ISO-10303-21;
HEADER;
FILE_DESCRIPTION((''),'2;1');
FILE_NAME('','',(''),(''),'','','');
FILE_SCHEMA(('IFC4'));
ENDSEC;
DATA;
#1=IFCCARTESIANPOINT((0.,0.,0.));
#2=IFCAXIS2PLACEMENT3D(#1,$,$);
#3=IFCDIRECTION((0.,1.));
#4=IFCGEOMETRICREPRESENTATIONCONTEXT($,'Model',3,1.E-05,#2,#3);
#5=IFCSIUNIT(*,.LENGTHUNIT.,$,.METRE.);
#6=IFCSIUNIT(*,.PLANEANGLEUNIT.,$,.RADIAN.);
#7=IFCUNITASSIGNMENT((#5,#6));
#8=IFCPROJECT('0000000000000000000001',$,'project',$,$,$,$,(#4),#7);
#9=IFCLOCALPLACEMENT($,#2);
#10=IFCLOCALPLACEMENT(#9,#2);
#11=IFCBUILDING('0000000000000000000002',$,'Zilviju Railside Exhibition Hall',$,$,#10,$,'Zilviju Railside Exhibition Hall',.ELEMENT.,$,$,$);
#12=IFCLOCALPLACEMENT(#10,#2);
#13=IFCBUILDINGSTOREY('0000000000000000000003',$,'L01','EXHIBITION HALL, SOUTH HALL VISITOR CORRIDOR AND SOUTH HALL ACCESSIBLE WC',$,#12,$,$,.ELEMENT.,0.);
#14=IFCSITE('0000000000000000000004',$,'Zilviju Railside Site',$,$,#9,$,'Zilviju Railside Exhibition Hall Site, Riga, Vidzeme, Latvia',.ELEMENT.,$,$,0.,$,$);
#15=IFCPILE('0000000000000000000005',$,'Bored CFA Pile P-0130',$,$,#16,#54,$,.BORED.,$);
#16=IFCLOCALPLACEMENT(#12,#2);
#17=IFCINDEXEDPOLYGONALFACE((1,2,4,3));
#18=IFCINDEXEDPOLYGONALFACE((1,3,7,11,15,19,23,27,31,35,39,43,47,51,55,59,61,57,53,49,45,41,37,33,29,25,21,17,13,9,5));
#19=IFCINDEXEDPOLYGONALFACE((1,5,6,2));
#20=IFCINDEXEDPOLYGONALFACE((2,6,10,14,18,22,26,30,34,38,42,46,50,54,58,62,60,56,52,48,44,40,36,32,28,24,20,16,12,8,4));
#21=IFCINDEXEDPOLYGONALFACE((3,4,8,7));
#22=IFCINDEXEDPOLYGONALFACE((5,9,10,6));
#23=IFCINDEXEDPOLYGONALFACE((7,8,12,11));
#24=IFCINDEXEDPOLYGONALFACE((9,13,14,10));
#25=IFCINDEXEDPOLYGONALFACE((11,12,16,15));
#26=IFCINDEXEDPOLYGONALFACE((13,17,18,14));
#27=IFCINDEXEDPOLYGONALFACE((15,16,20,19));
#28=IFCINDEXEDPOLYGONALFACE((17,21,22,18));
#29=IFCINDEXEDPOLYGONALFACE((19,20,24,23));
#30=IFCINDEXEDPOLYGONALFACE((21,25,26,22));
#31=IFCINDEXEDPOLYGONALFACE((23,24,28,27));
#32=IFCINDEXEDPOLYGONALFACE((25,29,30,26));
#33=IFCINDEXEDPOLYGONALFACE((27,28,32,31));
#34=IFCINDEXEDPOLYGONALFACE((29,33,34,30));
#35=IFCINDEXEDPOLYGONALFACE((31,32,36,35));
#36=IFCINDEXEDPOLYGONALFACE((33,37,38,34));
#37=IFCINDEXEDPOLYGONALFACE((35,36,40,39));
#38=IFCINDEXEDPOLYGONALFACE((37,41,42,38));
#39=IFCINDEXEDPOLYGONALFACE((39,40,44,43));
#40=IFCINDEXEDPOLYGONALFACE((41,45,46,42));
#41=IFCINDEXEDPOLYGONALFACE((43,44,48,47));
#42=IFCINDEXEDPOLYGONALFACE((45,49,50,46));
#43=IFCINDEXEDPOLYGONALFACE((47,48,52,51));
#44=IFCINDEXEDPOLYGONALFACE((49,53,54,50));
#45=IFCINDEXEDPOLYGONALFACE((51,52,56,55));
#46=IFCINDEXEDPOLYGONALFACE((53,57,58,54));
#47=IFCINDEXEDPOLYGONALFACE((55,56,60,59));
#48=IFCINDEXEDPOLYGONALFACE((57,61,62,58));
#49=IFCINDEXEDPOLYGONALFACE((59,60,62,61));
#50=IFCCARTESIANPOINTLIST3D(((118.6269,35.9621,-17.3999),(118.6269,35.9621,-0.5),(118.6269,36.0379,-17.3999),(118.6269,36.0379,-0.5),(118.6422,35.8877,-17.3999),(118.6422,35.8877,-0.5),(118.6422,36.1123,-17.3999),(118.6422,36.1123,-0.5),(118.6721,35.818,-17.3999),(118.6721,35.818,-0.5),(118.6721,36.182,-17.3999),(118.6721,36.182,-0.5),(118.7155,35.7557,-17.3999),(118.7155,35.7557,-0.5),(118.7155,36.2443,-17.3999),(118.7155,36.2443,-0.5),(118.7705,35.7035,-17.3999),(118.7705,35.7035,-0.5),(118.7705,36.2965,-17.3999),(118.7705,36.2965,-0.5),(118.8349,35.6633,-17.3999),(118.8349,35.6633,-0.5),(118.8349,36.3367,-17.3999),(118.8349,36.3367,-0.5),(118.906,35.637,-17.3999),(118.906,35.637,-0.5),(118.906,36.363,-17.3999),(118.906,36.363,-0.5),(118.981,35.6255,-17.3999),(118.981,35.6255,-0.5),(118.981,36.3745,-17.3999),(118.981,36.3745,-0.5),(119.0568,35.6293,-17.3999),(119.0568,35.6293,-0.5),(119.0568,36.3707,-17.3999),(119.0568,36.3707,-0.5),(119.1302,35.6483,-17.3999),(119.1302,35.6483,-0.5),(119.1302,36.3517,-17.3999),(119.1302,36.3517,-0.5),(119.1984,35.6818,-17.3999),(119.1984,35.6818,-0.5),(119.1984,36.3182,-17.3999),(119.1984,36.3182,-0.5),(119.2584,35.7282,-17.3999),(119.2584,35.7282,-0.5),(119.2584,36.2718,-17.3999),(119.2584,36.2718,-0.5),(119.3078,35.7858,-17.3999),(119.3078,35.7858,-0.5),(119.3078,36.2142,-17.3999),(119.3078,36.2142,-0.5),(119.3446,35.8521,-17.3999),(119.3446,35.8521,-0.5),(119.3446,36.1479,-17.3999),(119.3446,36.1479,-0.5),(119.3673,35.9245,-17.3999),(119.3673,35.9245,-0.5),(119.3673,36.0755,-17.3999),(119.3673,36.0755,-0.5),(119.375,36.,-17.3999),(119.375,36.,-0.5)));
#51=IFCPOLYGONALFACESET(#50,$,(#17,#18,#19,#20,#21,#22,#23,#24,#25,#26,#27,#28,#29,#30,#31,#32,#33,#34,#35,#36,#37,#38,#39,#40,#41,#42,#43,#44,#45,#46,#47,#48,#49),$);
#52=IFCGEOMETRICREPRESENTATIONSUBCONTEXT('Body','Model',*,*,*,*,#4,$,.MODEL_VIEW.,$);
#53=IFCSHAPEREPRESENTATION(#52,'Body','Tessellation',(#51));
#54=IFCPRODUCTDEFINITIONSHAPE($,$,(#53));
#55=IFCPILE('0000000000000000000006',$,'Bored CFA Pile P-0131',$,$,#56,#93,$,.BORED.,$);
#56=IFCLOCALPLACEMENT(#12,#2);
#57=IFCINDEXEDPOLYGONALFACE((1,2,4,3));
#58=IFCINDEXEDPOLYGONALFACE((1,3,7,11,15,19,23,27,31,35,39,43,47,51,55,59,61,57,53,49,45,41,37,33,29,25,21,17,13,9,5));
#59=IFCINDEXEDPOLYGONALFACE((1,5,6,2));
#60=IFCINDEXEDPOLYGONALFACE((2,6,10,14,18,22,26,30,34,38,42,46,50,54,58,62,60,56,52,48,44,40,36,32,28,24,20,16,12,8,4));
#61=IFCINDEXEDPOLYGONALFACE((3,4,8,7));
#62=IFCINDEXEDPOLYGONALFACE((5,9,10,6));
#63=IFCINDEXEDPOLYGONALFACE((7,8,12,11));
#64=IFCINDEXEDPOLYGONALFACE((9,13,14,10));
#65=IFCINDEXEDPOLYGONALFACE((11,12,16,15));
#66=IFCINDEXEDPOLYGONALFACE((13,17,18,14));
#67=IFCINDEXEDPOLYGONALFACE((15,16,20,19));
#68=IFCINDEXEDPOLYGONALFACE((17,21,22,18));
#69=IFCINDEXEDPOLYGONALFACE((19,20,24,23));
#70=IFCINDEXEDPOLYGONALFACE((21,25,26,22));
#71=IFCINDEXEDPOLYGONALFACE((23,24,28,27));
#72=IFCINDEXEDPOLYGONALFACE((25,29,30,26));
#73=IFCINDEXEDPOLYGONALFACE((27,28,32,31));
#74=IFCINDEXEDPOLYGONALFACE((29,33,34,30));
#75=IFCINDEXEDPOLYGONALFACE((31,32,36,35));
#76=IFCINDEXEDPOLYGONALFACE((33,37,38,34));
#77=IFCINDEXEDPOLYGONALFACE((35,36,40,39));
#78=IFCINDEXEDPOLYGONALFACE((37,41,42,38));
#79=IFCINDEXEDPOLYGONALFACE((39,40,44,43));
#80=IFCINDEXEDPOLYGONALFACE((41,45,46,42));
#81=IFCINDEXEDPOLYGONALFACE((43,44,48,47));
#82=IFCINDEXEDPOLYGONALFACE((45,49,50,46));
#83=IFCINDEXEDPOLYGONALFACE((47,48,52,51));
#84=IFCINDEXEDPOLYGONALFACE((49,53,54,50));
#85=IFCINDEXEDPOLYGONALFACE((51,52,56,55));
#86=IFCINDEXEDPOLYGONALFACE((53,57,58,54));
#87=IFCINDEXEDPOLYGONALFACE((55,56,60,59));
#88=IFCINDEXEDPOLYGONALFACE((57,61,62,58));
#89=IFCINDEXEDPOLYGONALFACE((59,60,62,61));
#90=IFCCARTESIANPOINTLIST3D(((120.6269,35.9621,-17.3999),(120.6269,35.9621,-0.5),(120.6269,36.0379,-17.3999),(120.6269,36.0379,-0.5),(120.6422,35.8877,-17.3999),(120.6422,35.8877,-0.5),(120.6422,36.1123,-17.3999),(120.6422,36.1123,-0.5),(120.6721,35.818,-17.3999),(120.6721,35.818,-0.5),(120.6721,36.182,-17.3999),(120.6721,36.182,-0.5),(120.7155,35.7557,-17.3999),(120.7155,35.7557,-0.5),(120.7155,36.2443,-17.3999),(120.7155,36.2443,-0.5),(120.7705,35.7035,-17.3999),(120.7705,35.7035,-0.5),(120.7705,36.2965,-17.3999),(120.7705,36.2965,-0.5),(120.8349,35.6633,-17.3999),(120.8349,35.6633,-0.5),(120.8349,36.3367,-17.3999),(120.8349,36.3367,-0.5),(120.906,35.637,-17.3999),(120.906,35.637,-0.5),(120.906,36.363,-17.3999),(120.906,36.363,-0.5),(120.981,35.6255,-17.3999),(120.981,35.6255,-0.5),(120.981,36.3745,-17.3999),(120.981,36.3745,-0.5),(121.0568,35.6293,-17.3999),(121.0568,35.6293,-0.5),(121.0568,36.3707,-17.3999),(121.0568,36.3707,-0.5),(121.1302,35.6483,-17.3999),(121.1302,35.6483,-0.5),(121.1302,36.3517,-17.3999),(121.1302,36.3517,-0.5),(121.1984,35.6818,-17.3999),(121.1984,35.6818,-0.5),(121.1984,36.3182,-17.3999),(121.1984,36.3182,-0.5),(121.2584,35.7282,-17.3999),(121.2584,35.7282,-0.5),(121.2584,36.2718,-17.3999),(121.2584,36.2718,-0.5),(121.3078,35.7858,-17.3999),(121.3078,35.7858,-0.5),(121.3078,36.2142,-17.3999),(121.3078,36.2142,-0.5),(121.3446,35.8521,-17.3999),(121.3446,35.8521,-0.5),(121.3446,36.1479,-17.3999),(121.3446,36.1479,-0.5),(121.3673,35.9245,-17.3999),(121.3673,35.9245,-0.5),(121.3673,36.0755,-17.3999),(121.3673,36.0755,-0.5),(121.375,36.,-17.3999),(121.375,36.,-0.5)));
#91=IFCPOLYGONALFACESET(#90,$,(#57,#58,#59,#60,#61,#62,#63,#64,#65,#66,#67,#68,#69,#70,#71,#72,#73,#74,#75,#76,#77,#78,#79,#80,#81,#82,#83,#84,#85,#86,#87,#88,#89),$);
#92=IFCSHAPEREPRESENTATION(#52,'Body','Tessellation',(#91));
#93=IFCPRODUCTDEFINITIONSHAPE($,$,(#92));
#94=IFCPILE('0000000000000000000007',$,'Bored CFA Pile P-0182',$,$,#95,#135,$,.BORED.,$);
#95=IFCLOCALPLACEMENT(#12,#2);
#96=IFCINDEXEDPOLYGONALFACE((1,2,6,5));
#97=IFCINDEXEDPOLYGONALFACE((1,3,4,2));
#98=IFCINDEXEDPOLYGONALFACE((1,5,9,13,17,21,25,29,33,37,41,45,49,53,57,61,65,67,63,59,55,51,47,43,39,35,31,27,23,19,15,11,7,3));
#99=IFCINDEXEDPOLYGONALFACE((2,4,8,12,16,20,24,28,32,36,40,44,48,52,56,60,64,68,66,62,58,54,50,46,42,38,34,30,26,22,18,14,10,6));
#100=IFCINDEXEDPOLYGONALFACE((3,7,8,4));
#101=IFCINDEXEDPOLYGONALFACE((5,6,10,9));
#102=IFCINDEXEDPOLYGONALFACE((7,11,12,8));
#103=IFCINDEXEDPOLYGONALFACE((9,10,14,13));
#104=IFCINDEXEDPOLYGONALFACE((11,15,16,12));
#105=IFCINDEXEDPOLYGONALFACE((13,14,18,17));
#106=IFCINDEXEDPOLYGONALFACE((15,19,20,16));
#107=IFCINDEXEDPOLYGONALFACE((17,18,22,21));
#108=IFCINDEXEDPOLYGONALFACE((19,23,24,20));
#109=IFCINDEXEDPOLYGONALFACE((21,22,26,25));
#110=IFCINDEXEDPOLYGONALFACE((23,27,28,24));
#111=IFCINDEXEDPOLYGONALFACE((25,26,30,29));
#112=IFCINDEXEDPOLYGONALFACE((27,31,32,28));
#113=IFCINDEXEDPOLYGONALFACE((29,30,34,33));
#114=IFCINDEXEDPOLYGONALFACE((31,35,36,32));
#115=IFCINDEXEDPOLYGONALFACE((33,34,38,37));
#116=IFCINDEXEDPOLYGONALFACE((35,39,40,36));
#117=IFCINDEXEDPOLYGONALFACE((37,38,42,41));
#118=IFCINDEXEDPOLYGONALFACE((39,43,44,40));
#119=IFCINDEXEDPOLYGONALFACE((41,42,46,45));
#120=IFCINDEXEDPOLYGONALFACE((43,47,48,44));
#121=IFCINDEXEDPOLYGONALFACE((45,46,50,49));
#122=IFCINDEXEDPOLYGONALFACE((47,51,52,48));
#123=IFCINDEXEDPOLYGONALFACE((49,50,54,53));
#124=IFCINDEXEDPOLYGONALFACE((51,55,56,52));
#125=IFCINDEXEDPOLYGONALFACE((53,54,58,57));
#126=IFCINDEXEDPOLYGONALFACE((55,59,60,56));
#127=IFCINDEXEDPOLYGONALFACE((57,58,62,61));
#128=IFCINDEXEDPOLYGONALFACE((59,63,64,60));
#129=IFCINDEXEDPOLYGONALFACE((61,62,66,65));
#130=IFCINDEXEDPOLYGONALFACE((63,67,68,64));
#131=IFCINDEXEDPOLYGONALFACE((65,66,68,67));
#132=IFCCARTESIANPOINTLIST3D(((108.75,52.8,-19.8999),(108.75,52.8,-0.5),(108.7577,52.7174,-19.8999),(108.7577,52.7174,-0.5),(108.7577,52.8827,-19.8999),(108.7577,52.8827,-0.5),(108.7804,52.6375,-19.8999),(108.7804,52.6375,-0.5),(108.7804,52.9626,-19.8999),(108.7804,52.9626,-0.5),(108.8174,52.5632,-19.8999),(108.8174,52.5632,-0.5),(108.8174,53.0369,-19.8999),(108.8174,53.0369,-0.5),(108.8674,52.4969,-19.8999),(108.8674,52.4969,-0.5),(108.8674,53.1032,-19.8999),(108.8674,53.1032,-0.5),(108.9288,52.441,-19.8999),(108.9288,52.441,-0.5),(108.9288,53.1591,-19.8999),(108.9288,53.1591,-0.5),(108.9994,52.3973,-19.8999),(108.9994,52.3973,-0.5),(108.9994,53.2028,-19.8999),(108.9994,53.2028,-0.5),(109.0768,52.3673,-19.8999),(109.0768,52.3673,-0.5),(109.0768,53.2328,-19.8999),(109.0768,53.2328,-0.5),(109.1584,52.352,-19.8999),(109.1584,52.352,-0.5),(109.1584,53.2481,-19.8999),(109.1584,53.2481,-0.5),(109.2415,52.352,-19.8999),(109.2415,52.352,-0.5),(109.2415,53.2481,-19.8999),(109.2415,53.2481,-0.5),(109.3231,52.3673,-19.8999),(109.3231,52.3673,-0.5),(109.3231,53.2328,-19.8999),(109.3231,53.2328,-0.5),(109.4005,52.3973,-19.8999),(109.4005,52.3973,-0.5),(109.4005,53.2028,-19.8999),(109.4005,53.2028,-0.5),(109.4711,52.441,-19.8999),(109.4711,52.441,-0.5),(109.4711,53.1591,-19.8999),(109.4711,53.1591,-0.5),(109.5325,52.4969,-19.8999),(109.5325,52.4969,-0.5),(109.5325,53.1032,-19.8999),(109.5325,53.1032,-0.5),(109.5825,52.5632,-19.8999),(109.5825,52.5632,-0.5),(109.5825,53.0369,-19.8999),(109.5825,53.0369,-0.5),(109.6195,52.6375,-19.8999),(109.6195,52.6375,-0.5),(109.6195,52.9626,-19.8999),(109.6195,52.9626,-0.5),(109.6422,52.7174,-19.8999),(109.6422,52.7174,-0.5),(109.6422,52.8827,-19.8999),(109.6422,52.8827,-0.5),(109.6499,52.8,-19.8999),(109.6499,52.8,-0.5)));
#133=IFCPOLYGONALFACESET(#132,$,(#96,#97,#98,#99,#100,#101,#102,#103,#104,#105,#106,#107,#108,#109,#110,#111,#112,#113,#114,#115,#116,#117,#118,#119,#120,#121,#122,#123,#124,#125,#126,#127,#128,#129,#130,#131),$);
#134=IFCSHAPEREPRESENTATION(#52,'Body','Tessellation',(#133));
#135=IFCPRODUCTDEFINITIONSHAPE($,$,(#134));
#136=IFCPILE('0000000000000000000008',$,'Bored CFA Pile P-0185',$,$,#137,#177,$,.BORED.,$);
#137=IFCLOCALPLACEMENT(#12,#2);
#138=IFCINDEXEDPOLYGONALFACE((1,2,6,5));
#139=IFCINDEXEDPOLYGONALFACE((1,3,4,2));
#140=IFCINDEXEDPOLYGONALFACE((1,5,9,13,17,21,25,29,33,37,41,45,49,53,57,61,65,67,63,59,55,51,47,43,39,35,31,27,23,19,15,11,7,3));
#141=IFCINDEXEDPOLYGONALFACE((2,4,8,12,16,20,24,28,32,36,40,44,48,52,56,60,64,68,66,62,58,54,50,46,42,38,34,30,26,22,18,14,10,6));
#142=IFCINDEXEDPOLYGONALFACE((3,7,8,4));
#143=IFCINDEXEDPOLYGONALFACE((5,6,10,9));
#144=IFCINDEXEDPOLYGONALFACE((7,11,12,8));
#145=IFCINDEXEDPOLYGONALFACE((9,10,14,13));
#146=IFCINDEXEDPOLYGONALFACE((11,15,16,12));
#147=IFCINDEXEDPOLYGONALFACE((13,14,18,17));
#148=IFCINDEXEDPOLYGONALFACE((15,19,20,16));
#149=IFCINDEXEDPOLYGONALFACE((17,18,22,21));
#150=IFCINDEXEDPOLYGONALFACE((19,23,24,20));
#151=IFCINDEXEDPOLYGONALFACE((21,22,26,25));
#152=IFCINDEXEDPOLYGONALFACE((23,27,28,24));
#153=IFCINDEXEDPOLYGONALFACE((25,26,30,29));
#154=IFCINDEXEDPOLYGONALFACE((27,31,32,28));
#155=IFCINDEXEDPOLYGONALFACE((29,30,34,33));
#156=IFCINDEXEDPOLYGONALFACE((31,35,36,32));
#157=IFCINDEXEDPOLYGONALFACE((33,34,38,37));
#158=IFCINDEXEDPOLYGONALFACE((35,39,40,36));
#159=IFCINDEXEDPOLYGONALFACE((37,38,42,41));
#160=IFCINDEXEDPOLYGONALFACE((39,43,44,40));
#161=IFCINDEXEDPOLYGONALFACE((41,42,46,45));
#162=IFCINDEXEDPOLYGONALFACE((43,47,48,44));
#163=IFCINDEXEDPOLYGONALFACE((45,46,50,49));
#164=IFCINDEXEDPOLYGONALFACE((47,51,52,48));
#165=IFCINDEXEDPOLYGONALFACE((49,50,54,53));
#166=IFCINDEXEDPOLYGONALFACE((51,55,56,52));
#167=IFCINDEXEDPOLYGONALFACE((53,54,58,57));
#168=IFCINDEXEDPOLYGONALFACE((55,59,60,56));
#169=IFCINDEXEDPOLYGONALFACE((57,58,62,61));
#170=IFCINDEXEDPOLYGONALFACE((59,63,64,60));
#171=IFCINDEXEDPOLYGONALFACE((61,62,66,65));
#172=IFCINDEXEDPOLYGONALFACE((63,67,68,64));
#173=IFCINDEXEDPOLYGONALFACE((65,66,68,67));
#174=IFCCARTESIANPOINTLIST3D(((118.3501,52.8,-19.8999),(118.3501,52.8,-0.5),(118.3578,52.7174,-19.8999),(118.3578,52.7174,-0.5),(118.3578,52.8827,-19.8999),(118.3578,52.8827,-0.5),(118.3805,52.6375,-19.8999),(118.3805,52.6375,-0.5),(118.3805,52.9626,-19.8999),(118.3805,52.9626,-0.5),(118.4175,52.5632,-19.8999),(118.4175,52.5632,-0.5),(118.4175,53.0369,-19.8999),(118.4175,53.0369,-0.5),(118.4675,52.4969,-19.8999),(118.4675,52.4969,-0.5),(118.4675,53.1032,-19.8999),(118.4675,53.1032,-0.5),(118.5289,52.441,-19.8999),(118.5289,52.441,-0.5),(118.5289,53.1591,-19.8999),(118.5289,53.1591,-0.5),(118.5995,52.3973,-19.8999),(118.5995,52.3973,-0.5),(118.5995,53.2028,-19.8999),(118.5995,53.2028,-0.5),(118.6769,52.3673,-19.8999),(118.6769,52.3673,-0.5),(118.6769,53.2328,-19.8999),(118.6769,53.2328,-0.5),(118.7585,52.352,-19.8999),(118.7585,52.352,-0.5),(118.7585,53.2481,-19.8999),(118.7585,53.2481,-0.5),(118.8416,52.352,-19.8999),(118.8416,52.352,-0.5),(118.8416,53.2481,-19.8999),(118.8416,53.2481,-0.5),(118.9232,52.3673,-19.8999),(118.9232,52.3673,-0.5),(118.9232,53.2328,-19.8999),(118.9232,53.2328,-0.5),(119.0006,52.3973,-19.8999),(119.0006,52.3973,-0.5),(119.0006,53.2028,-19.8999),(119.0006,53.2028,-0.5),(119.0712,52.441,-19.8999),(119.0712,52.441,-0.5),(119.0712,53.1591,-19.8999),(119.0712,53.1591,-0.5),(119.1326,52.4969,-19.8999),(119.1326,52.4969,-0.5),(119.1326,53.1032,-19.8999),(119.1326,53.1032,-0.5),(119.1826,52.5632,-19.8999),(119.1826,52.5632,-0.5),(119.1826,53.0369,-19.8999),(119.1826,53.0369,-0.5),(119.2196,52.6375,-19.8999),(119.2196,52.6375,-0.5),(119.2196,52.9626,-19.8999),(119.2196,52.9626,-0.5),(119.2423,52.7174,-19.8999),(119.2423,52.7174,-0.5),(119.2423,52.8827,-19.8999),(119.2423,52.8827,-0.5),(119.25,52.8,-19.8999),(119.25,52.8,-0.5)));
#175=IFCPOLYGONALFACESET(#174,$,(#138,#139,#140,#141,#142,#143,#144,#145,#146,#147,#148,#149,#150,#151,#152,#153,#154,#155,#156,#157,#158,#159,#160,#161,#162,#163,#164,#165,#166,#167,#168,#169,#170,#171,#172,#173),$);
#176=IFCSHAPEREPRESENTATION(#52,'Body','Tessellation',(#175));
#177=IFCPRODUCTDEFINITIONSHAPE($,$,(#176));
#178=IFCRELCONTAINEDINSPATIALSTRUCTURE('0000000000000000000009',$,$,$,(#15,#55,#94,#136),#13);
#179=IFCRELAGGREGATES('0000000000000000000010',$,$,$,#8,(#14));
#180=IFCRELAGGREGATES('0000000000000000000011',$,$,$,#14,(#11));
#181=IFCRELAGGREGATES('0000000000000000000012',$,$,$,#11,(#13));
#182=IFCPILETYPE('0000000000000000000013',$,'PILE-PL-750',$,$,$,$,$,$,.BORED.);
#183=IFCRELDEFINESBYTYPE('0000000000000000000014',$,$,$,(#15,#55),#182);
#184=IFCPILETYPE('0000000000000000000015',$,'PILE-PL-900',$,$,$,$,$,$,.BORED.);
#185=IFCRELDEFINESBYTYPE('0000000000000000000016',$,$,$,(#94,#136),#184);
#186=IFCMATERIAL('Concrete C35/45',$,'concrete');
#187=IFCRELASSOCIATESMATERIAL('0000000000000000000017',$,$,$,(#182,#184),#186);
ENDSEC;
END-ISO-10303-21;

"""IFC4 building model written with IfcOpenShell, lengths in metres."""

from ifc_helpers import new_model, si_unit, direction, frame, origin, origin_2d, place, context, subcontext, project, spatial, circle, extrude, material, material_profile, profile_set, type_object, element, save


model = new_model("IFC4")

# Units and contexts
model_context = context("Model", 3, precision=1e-05, world=origin(), true_north=direction((0.0, 1.0)))
body_context = subcontext(model_context, "Body", "Model", "MODEL_VIEW")
ifc_project = project(units=[si_unit("LENGTHUNIT", "METRE"), si_unit("PLANEANGLEUNIT", "RADIAN")], contexts=[model_context])

# Site, building, storey
site_placement = place(None, origin())
site = spatial("IfcSite", under=ifc_project, at=site_placement, Name="Zilviju Railside Site", LongName="Zilviju Railside Exhibition Hall Site, Riga, Vidzeme, Latvia", CompositionType="ELEMENT", RefElevation=0.0)
building_placement = place(site_placement, origin())
building = spatial("IfcBuilding", under=site, at=building_placement, Name="Zilviju Railside Exhibition Hall", LongName="Zilviju Railside Exhibition Hall", CompositionType="ELEMENT")
storey_placement = place(building_placement, origin())
storey = spatial("IfcBuildingStorey", under=building, at=storey_placement, Name="L01", Description="EXHIBITION HALL, SOUTH HALL VISITOR CORRIDOR AND SOUTH HALL ACCESSIBLE WC", CompositionType="ELEMENT", Elevation=0.0)

# Shared definitions
ifc_material_1 = material(Name="Concrete C35/45", Category="concrete")

# Piles
ifc_material_profile_1 = material_profile(ifc_material_1, circle(Radius=0.375, at=origin_2d()), Name="CFA PILE D750")
ifc_profile_set_1 = profile_set([ifc_material_profile_1], Name="Concrete C35/45")
pile_type_1 = type_object("IfcPileType", Name="PILE-PL-750", PredefinedType="BORED", material=ifc_profile_set_1)
for number, where, z_axis, x_axis, name in (
    (1, (119.0, 36.0, -0.5), (0.0, 0.0, -1.0), (1.0, 0.0, 0.0), "Bored CFA Pile P-0130"),
    (2, (121.0, 36.0, -0.5), (0.0, 0.0, -1.0), (1.0, 0.0, 0.0), "Bored CFA Pile P-0131"),
):
    element("IfcPile", number, at=place(storey_placement, frame(where, z_axis=z_axis, x_axis=x_axis)), inside=storey, type_object=pile_type_1, Name=name, PredefinedType="BORED", context=body_context, shape_type="SweptSolid", body=[
        extrude(circle(Radius=0.375, at=origin_2d()), origin(), (0.0, 0.0, 1.0), 16.8999),
    ])
ifc_material_profile_2 = material_profile(ifc_material_1, circle(Radius=0.45, at=origin_2d()), Name="CFA PILE D900")
ifc_profile_set_2 = profile_set([ifc_material_profile_2], Name="Concrete C35/45")
pile_type_2 = type_object("IfcPileType", Name="PILE-PL-900", PredefinedType="BORED", material=ifc_profile_set_2)
for number, where, z_axis, x_axis, name in (
    (3, (109.2, 52.8, -0.5), (0.0, 0.0, -1.0), (1.0, 0.0, 0.0), "Bored CFA Pile P-0182"),
    (4, (118.8, 52.8, -0.5), (0.0, 0.0, -1.0), (1.0, 0.0, 0.0), "Bored CFA Pile P-0185"),
):
    element("IfcPile", number, at=place(storey_placement, frame(where, z_axis=z_axis, x_axis=x_axis)), inside=storey, type_object=pile_type_2, Name=name, PredefinedType="BORED", context=body_context, shape_type="SweptSolid", body=[
        extrude(circle(Radius=0.45, at=origin_2d()), origin(), (0.0, 0.0, 1.0), 19.3999),
    ])

save(model, "model.ifc")
